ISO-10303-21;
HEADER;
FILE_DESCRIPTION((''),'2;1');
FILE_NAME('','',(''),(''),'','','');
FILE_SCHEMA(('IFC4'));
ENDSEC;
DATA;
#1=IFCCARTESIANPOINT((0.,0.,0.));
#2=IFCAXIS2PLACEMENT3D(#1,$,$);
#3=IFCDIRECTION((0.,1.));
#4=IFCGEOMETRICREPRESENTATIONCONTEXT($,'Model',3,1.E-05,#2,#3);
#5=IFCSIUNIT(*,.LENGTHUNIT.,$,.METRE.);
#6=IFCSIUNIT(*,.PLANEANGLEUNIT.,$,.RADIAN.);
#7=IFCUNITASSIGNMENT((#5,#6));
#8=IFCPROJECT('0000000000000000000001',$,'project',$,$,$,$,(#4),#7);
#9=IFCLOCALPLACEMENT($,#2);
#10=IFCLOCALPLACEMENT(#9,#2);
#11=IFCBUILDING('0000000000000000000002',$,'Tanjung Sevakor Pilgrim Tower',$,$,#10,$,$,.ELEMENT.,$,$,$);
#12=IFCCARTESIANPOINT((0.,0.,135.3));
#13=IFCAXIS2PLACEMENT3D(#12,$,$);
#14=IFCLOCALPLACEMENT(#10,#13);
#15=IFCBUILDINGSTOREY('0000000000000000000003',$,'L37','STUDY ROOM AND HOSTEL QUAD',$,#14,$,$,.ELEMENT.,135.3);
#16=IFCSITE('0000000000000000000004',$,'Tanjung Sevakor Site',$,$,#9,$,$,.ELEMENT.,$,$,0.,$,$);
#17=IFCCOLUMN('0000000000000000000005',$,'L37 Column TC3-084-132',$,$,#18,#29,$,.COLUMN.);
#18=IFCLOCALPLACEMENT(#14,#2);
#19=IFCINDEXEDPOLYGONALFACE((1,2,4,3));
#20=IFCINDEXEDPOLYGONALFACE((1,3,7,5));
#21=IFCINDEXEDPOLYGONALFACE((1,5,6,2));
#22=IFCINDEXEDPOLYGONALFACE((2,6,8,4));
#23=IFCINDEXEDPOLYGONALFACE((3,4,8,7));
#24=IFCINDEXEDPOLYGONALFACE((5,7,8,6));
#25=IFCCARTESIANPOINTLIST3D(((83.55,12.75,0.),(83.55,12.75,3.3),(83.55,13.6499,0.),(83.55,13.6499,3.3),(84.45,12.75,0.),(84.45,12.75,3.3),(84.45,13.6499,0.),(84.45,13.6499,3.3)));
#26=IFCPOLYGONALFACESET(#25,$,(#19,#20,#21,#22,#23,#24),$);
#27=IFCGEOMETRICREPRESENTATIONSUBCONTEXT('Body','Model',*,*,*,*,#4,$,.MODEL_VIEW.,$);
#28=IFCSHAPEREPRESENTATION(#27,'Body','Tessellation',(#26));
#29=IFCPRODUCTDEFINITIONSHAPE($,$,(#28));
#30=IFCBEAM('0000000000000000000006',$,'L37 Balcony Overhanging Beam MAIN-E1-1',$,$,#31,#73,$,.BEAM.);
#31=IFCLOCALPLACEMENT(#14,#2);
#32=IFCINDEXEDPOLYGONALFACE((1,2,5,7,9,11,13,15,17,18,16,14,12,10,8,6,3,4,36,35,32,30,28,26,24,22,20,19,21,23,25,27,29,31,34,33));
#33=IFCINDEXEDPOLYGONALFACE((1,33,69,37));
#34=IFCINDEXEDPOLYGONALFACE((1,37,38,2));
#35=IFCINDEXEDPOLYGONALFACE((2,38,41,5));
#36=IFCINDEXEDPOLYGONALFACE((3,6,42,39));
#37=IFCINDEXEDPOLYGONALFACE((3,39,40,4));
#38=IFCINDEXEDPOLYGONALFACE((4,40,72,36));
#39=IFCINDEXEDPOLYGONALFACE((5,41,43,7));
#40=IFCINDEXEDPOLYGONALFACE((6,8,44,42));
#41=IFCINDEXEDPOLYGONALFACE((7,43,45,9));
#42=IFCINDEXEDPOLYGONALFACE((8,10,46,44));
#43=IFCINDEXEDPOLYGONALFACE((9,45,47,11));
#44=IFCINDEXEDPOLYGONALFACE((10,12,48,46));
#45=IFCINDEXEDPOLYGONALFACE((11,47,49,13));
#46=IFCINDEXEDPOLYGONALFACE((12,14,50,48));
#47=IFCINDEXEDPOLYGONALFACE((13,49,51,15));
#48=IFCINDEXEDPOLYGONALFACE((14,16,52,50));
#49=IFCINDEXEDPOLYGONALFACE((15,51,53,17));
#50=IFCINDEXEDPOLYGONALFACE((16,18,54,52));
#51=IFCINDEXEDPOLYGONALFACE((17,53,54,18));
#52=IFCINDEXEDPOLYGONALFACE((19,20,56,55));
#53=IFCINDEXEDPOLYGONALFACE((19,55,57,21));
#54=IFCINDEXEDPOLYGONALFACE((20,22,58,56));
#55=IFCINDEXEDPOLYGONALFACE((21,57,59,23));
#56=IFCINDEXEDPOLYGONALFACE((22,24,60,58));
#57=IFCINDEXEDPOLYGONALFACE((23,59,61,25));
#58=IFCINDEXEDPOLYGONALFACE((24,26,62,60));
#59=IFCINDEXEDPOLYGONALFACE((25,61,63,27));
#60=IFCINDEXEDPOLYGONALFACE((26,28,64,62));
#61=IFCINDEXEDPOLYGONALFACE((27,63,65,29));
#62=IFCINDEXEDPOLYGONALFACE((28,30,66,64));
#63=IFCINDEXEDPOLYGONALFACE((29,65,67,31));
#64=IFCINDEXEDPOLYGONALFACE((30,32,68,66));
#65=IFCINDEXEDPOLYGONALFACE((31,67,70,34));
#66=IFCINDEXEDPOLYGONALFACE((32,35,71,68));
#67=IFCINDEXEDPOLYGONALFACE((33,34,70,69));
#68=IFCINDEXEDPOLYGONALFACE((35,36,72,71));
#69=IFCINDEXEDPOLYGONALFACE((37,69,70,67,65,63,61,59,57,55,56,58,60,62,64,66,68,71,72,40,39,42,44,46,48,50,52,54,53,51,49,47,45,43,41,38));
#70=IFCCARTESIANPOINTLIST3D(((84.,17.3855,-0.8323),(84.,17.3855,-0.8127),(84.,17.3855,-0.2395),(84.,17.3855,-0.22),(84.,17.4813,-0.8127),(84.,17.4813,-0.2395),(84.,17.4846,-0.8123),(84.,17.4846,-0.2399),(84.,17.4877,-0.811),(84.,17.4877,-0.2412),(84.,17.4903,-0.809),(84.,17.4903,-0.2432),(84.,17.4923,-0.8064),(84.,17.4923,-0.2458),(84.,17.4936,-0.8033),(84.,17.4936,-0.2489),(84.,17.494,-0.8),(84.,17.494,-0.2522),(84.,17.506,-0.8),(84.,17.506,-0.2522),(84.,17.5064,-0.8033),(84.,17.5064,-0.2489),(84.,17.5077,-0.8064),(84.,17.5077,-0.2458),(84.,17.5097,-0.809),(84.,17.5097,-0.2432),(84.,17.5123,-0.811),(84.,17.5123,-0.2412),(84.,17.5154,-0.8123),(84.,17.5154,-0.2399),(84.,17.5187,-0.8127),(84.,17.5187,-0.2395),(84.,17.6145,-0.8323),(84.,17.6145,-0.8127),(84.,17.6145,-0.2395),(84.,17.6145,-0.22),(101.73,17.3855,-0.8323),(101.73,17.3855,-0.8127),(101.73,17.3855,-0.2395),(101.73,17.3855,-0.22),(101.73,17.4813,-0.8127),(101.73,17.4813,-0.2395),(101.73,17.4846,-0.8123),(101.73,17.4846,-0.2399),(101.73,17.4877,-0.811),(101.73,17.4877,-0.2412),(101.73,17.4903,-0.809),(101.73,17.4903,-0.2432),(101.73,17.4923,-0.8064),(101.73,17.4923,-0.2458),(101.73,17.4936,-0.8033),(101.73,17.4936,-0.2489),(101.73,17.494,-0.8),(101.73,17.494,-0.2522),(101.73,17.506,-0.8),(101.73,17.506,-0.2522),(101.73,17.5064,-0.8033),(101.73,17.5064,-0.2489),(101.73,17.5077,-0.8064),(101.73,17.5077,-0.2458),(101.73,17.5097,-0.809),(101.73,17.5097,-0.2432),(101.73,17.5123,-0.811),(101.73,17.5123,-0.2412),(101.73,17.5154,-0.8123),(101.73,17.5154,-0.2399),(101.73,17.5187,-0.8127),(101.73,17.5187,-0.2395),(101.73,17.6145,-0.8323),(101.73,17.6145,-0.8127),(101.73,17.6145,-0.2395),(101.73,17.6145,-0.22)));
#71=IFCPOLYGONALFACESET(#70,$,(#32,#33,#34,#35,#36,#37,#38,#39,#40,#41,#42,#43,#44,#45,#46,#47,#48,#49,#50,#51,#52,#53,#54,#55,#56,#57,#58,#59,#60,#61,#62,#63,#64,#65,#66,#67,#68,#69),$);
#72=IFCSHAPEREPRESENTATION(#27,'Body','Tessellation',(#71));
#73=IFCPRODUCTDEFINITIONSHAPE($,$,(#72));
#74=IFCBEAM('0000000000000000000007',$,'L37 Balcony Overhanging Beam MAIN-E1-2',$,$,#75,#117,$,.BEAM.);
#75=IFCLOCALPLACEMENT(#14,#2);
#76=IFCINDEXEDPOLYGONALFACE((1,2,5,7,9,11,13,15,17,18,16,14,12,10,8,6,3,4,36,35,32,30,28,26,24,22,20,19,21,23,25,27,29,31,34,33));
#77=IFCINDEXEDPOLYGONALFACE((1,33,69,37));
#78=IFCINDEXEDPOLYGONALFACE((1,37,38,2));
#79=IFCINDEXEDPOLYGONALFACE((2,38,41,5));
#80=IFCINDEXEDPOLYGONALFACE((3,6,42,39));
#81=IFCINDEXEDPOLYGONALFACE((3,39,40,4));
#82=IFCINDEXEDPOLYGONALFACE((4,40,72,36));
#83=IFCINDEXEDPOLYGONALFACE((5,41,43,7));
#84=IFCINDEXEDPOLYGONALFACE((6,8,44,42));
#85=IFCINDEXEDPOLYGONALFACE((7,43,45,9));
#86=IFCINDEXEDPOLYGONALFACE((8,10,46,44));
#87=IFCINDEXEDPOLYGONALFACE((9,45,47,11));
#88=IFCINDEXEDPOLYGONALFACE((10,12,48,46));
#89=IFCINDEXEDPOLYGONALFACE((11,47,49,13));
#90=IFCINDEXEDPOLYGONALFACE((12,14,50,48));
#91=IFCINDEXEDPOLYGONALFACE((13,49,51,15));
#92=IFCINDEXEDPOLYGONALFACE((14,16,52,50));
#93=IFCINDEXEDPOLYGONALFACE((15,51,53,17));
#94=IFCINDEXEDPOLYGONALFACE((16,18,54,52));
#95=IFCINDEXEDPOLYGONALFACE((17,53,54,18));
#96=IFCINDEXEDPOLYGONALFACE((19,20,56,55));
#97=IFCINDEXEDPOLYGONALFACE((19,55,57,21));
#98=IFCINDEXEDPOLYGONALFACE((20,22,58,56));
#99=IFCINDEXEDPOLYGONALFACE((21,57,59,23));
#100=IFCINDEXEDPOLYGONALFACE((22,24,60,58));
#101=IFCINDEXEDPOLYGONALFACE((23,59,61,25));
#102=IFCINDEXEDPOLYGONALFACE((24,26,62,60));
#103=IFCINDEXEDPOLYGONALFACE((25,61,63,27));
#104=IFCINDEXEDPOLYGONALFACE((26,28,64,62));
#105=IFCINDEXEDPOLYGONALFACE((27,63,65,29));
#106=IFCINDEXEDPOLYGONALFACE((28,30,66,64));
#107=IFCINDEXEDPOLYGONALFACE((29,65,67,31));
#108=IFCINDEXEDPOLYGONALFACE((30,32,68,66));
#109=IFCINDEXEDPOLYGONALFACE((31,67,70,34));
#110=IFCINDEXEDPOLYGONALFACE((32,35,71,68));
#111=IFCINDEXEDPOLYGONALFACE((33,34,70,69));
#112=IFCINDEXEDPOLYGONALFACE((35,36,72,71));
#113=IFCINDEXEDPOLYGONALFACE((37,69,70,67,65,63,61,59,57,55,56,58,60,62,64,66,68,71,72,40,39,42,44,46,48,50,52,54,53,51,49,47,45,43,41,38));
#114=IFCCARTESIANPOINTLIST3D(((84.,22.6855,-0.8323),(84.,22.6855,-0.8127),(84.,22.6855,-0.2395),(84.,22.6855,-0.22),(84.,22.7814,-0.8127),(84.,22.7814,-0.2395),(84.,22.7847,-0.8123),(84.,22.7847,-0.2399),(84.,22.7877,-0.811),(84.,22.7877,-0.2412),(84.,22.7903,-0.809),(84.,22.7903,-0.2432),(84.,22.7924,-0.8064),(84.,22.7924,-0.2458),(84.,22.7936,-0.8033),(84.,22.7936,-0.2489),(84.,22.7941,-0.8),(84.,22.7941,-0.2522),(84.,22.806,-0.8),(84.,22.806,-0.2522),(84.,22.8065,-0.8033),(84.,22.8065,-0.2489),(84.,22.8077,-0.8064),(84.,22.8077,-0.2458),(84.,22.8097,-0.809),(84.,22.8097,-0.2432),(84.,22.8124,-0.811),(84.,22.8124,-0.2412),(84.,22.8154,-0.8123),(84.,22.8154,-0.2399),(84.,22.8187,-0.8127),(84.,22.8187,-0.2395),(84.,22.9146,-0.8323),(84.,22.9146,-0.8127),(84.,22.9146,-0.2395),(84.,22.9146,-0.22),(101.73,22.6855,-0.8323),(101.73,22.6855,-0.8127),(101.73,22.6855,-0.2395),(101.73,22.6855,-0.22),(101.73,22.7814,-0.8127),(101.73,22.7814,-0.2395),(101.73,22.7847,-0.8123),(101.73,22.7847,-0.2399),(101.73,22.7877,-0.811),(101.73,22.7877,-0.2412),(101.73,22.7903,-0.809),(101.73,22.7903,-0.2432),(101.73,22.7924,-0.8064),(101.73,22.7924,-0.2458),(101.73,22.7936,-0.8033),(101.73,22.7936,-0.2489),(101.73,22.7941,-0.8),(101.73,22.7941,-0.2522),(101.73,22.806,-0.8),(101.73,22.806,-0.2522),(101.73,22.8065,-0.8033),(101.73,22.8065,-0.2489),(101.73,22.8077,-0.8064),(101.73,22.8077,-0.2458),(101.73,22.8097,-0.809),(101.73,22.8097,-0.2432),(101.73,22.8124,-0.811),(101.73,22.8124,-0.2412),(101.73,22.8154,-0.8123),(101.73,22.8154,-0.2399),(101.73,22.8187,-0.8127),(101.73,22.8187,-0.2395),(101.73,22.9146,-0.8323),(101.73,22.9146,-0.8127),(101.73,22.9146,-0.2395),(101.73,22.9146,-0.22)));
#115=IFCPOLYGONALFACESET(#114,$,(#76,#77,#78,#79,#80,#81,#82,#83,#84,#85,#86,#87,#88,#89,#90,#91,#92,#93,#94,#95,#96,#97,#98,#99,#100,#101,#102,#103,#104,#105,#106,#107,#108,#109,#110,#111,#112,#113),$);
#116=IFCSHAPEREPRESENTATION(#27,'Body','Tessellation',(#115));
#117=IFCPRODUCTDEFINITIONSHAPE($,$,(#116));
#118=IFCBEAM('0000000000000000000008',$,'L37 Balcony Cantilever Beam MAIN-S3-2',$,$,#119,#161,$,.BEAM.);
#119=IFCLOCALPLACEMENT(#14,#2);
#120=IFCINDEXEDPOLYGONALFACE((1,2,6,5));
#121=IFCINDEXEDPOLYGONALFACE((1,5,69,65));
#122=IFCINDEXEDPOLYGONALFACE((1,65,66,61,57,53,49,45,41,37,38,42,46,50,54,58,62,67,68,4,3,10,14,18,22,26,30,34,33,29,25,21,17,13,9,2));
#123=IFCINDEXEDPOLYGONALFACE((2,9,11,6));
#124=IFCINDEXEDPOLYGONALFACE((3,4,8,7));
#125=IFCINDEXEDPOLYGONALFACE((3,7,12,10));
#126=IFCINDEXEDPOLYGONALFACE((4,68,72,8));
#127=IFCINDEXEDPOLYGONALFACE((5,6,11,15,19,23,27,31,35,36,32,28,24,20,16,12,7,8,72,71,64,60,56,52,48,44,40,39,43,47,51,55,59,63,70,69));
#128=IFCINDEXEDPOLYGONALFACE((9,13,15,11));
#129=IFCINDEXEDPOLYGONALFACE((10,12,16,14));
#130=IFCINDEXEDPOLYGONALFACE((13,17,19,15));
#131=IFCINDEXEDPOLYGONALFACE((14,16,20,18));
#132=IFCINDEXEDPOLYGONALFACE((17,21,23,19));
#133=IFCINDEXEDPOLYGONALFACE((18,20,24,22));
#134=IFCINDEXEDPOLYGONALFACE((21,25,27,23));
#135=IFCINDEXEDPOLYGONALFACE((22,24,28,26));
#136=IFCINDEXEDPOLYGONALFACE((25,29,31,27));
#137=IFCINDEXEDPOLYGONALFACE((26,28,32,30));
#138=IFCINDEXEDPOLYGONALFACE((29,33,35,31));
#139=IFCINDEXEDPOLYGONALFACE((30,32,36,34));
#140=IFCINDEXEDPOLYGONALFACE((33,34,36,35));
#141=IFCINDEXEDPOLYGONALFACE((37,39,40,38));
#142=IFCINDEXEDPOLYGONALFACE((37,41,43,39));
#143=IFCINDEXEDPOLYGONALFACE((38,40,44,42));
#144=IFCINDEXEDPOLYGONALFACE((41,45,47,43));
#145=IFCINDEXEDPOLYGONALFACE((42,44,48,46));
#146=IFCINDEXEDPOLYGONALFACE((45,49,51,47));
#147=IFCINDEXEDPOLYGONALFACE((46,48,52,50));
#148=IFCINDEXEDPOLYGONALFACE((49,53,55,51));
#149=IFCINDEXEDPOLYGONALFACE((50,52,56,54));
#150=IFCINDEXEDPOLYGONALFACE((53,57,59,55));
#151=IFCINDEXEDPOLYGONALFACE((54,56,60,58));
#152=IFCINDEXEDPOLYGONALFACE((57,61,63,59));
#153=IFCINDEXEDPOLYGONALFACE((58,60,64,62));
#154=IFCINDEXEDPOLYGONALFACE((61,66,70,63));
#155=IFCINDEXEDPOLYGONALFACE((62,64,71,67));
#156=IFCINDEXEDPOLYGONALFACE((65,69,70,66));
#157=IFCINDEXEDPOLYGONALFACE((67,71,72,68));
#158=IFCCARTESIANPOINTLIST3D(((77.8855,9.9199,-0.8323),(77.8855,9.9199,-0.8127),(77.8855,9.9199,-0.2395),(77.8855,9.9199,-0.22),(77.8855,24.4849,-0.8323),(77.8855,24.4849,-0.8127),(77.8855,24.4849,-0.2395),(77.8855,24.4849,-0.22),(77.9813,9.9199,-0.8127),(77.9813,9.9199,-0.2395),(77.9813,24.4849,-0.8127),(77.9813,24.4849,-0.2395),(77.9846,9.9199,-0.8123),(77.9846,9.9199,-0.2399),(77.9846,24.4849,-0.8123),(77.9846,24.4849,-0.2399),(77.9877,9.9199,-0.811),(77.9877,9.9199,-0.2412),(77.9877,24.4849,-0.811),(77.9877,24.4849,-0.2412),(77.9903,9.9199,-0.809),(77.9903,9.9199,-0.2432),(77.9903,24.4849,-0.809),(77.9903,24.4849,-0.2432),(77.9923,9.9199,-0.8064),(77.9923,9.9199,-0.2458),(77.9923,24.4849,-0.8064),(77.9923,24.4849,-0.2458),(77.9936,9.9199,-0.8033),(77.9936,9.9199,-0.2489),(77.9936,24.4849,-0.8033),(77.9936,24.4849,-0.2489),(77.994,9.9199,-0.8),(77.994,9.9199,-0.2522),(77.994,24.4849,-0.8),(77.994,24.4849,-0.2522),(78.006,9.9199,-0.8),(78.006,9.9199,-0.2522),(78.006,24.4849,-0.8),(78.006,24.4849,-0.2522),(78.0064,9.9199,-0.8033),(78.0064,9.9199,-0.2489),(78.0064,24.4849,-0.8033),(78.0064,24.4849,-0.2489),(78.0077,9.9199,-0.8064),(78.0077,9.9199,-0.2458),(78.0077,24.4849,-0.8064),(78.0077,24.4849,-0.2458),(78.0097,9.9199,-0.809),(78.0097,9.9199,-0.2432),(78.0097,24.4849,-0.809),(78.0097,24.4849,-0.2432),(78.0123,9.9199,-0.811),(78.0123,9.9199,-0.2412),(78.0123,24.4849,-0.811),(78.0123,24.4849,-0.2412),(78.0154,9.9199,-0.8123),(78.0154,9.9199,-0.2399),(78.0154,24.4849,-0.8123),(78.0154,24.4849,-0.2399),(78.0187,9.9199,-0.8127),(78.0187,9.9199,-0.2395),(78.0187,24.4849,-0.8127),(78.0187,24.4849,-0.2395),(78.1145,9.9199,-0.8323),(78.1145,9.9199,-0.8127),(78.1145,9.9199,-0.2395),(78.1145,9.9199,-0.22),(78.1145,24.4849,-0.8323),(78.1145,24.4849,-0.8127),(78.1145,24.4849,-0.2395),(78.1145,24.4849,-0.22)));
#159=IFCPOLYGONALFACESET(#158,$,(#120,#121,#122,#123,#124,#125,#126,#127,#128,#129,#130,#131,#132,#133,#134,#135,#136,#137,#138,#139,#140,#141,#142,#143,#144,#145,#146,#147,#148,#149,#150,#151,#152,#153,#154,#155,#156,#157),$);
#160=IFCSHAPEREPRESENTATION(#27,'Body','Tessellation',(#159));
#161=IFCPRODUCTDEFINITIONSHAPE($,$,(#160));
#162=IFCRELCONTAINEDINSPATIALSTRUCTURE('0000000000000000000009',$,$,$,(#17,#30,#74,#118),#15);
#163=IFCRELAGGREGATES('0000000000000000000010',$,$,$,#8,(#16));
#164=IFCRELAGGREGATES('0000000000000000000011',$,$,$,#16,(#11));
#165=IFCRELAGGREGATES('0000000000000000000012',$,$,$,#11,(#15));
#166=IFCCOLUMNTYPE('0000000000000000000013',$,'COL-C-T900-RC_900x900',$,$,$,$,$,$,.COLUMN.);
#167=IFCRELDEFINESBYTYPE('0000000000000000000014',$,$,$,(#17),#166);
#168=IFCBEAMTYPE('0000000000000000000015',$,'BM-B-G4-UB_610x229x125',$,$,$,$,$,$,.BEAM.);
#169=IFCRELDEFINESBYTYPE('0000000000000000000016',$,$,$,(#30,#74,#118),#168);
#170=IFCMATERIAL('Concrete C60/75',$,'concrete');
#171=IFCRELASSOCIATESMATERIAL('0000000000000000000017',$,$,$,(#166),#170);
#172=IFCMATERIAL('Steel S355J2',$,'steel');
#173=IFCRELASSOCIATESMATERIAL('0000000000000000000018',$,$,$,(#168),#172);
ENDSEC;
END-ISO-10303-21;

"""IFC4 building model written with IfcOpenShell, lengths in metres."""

from ifc_helpers import new_model, si_unit, direction, frame, origin, origin_2d, place, context, subcontext, project, spatial, rectangle, i_section, extrude, material, material_profile, profile_set, type_object, element, save


model = new_model("IFC4")

# Units and contexts
model_context = context("Model", 3, precision=1e-05, world=origin(), true_north=direction((0.0, 1.0)))
body_context = subcontext(model_context, "Body", "Model", "MODEL_VIEW")
ifc_project = project(units=[si_unit("LENGTHUNIT", "METRE"), si_unit("PLANEANGLEUNIT", "RADIAN")], contexts=[model_context])

# Site, building, storey
site_placement = place(None, origin())
site = spatial("IfcSite", under=ifc_project, at=site_placement, Name="Tanjung Sevakor Site", CompositionType="ELEMENT", RefElevation=0.0)
building_placement = place(site_placement, origin())
building = spatial("IfcBuilding", under=site, at=building_placement, Name="Tanjung Sevakor Pilgrim Tower", CompositionType="ELEMENT")
storey_placement = place(building_placement, frame((0.0, 0.0, 135.3)))
storey = spatial("IfcBuildingStorey", under=building, at=storey_placement, Name="L37", Description="STUDY ROOM AND HOSTEL QUAD", CompositionType="ELEMENT", Elevation=135.3)

# Column
ifc_material_1 = material(Name="Concrete C60/75", Category="concrete")
ifc_material_profile_1 = material_profile(ifc_material_1, rectangle(XDim=0.8999, YDim=0.8999, at=origin_2d()))
ifc_profile_set_1 = profile_set([ifc_material_profile_1], Name="Concrete C60/75")
column_type = type_object("IfcColumnType", Name="COL-C-T900-RC_900x900", PredefinedType="COLUMN", material=ifc_profile_set_1)
column_placement = place(storey_placement, frame((84.0, 13.2, 0.0), z_axis=(0.0, 0.0, 1.0), x_axis=(1.0, 0.0, 0.0)))
element("IfcColumn", 1, at=column_placement, inside=storey, type_object=column_type, Name="L37 Column TC3-084-132", PredefinedType="COLUMN", context=body_context, shape_type="SweptSolid", body=[
    extrude(rectangle(XDim=0.8999, YDim=0.8999, at=origin_2d()), origin(), (0.0, 0.0, 1.0), 3.3),
])

# Beams
ifc_material_2 = material(Name="Steel S355J2", Category="steel")
ifc_material_profile_2 = material_profile(ifc_material_2, i_section(OverallWidth=0.229, OverallDepth=0.6123, WebThickness=0.012, FlangeThickness=0.0195, FilletRadius=0.0127, at=origin_2d()))
ifc_profile_set_2 = profile_set([ifc_material_profile_2], Name="Steel S355J2")
beam_type_1 = type_object("IfcBeamType", Name="BM-B-G4-UB_610x229x125", PredefinedType="BEAM", material=ifc_profile_set_2)
for number, where, z_axis, x_axis, name in (
    (2, (84.0, 17.5, -0.5261), (1.0, 0.0, 0.0), (0.0, 1.0, 0.0), "L37 Balcony Overhanging Beam MAIN-E1-1"),
    (3, (84.0, 22.8, -0.5261), (1.0, 0.0, 0.0), (0.0, 1.0, 0.0), "L37 Balcony Overhanging Beam MAIN-E1-2"),
):
    element("IfcBeam", number, at=place(storey_placement, frame(where, z_axis=z_axis, x_axis=x_axis)), inside=storey, type_object=beam_type_1, Name=name, PredefinedType="BEAM", context=body_context, shape_type="SweptSolid", body=[
        extrude(i_section(OverallWidth=0.229, OverallDepth=0.6123, WebThickness=0.012, FlangeThickness=0.0195, FilletRadius=0.0127, at=origin_2d()), origin(), (0.0, 0.0, 1.0), 17.73),
    ])
beam_1_placement = place(storey_placement, frame((78.0, 24.4849, -0.5261), z_axis=(0.0, -1.0, 0.0), x_axis=(1.0, 0.0, 0.0)))
element("IfcBeam", 4, at=beam_1_placement, inside=storey, type_object=beam_type_1, Name="L37 Balcony Cantilever Beam MAIN-S3-2", PredefinedType="BEAM", context=body_context, shape_type="SweptSolid", body=[
    extrude(i_section(OverallWidth=0.229, OverallDepth=0.6123, WebThickness=0.012, FlangeThickness=0.0195, FilletRadius=0.0127, at=origin_2d()), origin(), (0.0, 0.0, 1.0), 14.5649),
])

save(model, "model.ifc")
